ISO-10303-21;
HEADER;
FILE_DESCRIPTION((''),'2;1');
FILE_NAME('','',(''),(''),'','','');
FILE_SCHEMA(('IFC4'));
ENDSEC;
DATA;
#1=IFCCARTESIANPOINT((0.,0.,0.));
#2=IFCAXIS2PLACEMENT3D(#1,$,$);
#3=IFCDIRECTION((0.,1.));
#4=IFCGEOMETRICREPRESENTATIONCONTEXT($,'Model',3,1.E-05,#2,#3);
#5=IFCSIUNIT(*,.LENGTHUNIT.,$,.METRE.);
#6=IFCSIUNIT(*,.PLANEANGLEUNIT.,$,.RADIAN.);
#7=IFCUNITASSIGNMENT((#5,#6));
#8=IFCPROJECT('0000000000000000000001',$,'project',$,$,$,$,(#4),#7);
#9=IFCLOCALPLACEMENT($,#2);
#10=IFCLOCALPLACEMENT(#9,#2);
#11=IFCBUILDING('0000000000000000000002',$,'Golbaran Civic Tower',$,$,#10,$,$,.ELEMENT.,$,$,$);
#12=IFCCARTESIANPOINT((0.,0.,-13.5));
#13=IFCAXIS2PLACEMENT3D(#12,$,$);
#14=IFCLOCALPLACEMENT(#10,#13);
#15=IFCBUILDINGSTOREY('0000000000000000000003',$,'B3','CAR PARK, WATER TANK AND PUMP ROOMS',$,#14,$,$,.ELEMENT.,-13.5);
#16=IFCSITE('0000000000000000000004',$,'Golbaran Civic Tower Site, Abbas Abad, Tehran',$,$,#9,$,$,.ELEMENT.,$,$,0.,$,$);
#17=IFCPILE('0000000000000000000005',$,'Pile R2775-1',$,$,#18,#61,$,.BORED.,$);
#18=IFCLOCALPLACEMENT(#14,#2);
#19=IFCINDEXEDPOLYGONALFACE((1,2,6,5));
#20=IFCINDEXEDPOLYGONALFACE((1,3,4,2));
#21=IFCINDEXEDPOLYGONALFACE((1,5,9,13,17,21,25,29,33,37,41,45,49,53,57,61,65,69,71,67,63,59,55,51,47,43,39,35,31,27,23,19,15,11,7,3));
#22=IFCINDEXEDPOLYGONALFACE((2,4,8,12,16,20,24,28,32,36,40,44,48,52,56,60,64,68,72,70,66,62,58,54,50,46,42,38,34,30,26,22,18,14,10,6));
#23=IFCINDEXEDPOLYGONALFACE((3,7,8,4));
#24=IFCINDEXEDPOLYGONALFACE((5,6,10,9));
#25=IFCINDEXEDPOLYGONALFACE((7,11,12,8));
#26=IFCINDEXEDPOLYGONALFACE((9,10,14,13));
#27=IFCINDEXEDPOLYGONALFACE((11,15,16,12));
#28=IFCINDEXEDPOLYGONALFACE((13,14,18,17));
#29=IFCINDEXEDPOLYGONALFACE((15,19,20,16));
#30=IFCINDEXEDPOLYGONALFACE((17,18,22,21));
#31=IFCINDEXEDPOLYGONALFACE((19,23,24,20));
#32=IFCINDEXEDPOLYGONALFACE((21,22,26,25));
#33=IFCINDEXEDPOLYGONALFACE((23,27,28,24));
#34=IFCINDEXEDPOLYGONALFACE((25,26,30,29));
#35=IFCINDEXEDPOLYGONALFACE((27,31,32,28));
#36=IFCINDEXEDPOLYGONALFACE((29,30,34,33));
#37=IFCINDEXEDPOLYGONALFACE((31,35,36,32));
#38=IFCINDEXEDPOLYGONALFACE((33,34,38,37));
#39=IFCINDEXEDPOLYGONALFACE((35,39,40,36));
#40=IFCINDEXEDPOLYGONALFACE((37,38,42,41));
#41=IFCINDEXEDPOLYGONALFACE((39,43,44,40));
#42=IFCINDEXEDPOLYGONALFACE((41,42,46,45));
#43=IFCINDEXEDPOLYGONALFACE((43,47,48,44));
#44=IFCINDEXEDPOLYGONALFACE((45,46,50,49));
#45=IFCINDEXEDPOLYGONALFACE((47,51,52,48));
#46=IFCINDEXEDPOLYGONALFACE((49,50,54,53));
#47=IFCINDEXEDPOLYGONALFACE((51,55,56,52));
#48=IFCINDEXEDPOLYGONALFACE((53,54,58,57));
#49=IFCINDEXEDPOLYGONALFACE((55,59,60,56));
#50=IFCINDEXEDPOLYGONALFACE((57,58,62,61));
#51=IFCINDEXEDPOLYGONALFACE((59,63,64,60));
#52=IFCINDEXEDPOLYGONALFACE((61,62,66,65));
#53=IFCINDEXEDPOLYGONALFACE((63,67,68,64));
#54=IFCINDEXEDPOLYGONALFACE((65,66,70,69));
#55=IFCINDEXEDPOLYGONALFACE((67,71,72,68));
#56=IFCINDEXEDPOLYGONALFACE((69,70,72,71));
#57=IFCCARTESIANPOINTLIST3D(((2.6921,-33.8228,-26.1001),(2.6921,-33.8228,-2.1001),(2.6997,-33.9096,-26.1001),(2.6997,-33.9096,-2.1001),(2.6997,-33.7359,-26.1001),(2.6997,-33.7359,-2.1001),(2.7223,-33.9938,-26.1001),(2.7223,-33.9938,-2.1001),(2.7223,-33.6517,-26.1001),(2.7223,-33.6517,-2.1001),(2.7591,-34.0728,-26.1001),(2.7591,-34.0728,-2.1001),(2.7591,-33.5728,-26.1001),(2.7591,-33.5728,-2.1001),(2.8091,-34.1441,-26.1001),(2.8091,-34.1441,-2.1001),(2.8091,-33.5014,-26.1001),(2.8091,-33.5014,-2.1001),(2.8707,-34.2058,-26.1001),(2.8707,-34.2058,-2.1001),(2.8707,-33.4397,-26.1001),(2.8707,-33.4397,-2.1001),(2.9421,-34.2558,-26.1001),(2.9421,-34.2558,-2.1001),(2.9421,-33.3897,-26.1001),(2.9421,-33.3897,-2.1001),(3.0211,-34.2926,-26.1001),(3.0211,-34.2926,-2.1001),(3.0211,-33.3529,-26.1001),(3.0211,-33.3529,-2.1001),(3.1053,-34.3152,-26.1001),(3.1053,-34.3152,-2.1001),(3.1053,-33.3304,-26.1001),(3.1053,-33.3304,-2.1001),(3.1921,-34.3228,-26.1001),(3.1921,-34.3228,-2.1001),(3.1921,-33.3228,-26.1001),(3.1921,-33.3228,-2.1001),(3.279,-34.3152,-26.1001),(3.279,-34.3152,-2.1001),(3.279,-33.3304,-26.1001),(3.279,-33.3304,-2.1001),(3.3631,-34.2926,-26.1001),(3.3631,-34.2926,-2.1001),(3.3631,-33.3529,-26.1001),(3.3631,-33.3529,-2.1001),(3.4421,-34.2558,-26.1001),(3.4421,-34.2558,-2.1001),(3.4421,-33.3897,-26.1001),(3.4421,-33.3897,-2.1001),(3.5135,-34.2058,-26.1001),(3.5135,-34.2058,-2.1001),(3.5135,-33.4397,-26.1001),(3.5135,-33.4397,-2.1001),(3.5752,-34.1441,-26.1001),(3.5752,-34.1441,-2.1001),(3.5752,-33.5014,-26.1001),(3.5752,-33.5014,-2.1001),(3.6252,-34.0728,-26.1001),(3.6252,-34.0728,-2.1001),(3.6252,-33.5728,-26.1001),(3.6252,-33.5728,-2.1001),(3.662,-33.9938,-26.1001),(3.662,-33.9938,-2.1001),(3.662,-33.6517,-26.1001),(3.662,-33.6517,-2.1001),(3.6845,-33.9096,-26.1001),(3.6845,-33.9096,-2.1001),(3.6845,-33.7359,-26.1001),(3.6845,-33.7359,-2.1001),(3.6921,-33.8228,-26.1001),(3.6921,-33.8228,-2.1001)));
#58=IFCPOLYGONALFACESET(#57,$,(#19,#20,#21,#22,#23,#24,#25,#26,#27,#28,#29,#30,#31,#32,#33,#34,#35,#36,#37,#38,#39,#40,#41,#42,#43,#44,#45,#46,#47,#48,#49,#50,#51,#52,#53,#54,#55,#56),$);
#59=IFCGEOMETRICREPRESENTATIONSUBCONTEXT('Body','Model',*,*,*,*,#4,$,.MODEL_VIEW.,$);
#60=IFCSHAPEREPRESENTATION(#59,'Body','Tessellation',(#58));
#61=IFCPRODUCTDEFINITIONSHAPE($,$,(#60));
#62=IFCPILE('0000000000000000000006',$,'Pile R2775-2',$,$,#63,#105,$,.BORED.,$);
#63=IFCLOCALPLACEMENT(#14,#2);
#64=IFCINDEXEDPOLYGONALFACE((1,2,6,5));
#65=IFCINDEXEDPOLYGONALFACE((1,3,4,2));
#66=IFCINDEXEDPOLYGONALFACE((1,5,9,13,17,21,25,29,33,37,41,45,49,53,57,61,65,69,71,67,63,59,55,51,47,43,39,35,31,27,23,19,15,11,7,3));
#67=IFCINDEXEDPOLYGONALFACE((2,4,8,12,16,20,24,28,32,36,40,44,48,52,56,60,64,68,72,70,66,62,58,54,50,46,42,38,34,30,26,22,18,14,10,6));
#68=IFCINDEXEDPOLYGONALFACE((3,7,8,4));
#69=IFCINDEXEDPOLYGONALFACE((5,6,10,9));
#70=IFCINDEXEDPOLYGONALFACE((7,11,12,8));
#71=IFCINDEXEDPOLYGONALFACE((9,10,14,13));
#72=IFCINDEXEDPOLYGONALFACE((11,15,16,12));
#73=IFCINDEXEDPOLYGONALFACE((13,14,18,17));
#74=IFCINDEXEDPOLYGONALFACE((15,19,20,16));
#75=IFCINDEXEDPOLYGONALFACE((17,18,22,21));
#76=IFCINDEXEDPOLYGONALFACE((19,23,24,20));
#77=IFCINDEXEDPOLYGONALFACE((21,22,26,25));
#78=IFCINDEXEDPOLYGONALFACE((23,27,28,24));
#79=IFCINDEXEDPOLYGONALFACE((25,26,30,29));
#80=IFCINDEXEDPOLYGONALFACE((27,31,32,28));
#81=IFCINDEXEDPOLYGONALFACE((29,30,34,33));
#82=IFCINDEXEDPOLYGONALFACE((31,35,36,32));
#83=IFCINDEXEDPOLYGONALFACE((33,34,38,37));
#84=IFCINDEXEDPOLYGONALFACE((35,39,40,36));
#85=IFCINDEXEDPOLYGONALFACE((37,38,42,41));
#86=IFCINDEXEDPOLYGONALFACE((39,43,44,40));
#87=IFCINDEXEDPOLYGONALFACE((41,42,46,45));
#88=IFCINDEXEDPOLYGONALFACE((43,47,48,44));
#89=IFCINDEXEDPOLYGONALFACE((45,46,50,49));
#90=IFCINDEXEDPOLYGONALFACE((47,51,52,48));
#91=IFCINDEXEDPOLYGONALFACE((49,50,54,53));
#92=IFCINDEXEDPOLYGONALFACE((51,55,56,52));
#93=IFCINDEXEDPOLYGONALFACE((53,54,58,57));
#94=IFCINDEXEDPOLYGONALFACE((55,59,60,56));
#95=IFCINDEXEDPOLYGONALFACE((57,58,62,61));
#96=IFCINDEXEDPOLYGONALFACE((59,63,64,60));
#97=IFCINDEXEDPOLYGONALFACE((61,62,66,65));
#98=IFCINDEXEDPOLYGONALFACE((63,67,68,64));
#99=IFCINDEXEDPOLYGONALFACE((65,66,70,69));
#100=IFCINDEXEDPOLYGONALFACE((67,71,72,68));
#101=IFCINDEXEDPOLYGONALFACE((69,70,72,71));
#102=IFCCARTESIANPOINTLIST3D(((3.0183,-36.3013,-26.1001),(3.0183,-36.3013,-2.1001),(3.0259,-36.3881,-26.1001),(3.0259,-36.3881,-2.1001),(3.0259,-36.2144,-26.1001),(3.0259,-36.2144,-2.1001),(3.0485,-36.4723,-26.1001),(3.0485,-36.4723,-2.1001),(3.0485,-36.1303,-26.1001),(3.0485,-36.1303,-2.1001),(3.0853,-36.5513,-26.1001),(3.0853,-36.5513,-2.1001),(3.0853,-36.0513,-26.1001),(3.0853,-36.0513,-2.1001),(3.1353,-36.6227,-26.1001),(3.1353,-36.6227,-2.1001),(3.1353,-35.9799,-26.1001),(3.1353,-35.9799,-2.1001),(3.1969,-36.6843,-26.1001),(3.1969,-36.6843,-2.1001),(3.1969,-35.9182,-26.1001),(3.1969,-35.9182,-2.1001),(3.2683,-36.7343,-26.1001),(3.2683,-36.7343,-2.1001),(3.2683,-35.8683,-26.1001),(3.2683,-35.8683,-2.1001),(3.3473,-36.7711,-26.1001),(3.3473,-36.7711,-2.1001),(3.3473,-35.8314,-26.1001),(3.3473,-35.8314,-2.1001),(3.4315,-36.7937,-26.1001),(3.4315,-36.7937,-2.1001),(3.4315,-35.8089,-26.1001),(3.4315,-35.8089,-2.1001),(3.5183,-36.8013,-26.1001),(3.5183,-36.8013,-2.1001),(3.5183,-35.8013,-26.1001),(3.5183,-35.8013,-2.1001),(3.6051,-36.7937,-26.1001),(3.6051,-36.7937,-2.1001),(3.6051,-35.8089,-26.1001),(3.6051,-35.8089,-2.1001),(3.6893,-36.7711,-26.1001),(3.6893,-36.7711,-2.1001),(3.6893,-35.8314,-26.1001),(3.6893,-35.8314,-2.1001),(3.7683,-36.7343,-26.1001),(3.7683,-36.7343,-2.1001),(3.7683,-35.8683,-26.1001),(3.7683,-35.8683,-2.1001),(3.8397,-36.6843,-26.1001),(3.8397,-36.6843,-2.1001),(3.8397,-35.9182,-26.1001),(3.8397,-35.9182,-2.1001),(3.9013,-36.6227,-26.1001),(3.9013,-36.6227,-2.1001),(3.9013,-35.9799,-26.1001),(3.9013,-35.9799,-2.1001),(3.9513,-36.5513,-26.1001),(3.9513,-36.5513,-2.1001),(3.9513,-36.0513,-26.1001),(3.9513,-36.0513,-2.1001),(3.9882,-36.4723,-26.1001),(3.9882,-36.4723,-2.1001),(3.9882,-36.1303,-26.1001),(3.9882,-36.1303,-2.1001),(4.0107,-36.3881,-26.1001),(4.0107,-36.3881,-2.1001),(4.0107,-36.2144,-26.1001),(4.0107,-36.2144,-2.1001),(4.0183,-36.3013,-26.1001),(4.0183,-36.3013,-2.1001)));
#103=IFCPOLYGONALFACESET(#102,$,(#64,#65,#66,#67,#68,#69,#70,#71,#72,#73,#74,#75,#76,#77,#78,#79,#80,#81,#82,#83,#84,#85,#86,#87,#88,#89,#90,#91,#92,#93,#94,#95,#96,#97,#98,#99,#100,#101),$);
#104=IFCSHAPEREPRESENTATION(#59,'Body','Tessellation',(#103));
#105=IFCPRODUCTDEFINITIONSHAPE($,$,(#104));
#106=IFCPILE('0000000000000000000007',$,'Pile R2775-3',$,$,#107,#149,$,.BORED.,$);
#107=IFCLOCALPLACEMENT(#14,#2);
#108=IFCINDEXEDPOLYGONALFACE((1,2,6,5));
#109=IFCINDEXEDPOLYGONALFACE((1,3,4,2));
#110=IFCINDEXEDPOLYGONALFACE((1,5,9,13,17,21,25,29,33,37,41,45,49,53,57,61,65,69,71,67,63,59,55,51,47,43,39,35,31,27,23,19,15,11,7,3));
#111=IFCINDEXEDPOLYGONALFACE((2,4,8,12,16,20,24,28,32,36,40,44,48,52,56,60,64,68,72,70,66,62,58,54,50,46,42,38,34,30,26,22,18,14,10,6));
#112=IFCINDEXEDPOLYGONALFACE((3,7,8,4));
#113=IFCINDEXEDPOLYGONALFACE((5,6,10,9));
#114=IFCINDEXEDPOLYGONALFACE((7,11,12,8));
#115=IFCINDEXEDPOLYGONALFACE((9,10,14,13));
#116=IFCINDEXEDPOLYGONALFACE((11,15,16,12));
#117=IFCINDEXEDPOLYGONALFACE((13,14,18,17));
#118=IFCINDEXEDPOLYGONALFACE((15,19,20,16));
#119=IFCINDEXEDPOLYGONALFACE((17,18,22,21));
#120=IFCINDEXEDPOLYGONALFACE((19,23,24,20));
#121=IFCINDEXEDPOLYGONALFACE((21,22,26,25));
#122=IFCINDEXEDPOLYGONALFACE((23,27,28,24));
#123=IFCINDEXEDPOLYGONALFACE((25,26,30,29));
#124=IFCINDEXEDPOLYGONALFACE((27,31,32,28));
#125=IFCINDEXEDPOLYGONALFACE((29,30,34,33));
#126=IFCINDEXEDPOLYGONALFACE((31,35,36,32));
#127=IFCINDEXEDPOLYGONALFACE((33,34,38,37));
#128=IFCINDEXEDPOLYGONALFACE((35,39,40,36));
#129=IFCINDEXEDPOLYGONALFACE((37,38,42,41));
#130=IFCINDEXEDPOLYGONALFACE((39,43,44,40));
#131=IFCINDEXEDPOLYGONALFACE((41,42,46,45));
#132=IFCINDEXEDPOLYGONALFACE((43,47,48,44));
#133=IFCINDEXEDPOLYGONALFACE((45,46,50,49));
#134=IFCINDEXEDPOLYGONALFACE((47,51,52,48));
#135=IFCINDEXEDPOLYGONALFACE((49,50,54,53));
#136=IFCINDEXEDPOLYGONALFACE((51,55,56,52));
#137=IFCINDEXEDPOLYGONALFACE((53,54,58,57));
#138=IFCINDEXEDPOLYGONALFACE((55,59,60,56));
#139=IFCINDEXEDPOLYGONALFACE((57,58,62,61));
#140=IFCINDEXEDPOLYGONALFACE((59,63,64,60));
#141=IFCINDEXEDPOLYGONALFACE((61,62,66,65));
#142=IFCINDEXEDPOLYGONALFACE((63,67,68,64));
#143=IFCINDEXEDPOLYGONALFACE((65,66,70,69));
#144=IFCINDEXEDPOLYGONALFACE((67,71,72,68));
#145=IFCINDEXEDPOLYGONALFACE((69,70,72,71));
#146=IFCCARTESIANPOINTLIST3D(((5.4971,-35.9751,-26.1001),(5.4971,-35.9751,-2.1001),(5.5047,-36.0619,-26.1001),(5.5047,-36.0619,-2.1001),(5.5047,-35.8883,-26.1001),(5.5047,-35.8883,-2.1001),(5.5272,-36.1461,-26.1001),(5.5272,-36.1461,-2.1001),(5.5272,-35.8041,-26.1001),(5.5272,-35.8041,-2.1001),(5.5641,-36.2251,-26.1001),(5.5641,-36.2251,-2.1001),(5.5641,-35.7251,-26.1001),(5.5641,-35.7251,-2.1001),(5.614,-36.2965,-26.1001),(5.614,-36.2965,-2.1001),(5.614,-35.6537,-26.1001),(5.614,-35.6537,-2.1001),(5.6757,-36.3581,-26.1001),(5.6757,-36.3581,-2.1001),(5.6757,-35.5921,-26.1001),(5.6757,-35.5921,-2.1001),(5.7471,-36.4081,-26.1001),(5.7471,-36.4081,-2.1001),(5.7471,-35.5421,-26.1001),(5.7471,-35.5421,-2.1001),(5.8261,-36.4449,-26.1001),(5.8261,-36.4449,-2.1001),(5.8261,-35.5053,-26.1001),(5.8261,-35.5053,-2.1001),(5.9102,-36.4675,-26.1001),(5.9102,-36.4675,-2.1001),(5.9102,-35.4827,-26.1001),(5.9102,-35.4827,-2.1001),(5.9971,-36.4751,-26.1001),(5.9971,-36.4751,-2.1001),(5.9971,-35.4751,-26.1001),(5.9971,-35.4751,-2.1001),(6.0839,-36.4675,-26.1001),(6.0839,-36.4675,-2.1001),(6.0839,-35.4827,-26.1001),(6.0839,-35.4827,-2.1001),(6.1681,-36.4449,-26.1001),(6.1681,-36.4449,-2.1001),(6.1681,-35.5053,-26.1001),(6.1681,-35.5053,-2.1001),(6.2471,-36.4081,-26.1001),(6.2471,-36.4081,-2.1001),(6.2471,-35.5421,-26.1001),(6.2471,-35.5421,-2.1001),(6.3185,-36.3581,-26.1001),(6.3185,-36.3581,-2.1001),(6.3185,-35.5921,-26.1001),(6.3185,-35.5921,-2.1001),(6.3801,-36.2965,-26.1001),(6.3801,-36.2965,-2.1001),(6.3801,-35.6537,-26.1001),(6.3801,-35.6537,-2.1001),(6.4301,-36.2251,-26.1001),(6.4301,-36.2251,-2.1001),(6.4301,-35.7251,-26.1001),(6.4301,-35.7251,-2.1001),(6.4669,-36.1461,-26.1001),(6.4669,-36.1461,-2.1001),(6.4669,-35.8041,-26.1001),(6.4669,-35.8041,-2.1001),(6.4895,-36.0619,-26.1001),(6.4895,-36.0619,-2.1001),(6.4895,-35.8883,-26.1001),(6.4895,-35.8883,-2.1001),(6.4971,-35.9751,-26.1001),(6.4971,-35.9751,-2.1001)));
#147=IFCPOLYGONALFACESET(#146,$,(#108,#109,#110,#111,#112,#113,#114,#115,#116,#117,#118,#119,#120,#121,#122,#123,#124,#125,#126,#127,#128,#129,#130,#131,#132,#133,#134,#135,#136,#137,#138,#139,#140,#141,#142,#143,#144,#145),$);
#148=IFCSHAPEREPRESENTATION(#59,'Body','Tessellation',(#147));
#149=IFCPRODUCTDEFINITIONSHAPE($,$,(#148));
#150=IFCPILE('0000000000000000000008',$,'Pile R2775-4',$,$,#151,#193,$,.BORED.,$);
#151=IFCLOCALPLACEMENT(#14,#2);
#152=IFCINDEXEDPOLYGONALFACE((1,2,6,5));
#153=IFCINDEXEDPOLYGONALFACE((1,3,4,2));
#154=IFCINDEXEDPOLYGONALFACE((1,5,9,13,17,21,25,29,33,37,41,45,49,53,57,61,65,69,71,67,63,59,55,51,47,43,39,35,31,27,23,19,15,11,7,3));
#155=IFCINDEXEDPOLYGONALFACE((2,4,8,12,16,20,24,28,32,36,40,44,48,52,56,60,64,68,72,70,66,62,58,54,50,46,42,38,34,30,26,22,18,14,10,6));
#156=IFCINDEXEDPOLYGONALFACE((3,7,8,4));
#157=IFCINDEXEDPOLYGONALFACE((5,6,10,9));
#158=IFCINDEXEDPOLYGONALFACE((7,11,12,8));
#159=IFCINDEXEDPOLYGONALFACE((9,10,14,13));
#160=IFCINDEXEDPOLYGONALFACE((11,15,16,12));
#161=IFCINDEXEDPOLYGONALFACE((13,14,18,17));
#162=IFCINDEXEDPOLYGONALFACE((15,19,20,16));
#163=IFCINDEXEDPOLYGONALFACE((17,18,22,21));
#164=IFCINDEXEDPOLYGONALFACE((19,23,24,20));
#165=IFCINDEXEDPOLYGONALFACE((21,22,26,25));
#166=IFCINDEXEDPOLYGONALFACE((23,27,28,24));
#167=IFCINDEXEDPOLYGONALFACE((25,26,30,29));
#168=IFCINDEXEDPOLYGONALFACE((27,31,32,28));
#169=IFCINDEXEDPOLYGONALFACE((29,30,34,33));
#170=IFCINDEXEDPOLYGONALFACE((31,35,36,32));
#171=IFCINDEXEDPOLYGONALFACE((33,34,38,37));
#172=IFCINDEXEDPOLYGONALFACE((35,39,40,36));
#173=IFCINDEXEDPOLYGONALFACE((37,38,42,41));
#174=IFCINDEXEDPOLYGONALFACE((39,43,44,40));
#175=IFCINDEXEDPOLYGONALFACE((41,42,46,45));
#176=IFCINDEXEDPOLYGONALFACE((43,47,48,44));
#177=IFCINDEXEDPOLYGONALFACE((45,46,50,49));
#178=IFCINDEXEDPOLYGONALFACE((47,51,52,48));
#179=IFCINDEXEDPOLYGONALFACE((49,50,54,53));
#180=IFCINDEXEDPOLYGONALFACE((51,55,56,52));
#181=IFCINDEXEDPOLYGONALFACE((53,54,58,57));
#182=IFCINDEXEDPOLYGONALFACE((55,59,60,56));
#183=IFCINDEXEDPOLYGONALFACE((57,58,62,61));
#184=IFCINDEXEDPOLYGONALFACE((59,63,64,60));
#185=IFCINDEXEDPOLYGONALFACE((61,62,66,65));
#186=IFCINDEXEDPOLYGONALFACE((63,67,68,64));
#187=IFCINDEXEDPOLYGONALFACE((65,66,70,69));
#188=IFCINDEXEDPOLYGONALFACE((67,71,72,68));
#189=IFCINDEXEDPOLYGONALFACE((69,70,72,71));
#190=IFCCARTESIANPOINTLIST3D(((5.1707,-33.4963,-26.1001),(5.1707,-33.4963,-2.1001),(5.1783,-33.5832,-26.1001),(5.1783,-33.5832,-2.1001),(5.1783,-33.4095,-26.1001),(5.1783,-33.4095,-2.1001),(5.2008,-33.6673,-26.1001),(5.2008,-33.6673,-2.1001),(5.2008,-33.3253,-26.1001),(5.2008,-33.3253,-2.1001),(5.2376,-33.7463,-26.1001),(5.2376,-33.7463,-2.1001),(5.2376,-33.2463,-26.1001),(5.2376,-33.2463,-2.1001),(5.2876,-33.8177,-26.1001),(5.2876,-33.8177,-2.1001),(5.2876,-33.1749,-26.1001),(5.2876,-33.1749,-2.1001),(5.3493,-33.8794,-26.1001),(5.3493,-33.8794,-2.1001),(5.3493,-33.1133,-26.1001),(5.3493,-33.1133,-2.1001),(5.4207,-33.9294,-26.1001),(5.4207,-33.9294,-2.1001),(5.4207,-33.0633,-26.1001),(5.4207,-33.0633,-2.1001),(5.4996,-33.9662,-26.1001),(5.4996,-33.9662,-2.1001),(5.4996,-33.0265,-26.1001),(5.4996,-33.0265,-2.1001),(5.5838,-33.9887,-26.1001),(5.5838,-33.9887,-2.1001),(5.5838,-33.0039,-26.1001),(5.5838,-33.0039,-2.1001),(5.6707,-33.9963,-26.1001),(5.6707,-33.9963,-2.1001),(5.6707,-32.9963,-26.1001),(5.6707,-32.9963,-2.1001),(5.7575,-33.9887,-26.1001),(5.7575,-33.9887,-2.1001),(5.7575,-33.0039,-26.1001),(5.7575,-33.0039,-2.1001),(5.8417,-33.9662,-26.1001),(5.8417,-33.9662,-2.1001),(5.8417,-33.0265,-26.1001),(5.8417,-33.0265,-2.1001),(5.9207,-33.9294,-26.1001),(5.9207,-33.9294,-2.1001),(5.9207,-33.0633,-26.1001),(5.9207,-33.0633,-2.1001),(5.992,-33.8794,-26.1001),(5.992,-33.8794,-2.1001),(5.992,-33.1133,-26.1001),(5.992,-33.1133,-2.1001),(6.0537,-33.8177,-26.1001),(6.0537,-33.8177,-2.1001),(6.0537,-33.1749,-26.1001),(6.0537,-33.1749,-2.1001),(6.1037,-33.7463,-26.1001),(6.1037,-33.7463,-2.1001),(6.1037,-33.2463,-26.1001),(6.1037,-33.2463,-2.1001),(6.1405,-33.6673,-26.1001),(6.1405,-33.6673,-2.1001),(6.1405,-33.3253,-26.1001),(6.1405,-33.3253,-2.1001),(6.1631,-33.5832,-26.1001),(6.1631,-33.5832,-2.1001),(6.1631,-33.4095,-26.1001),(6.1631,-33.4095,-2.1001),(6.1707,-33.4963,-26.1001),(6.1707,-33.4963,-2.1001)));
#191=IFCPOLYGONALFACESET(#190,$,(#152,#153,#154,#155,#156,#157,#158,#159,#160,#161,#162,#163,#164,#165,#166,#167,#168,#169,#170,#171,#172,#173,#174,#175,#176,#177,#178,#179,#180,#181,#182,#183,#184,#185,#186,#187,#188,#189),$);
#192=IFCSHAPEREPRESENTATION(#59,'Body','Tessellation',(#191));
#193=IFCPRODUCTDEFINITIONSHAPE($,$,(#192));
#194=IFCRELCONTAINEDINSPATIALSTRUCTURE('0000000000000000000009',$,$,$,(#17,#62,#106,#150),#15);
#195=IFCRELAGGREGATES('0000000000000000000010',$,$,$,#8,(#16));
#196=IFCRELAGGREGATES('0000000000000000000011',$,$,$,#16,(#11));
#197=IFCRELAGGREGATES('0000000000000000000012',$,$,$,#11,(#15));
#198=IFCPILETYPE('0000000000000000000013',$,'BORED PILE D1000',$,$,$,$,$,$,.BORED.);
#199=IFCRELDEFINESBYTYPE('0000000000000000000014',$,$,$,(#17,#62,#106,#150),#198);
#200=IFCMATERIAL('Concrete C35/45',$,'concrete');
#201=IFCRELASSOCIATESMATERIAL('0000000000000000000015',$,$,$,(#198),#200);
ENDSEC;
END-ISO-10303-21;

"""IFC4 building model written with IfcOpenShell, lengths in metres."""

from ifc_helpers import new_model, si_unit, direction, frame, origin, origin_2d, place, context, subcontext, project, spatial, circle, extrude, material, material_profile, profile_set, type_object, element, save


model = new_model("IFC4")

# Units and contexts
model_context = context("Model", 3, precision=1e-05, world=origin(), true_north=direction((0.0, 1.0)))
body_context = subcontext(model_context, "Body", "Model", "MODEL_VIEW")
ifc_project = project(units=[si_unit("LENGTHUNIT", "METRE"), si_unit("PLANEANGLEUNIT", "RADIAN")], contexts=[model_context])

# Site, building, storey
site_placement = place(None, origin())
site = spatial("IfcSite", under=ifc_project, at=site_placement, Name="Golbaran Civic Tower Site, Abbas Abad, Tehran", CompositionType="ELEMENT", RefElevation=0.0)
building_placement = place(site_placement, origin())
building = spatial("IfcBuilding", under=site, at=building_placement, Name="Golbaran Civic Tower", CompositionType="ELEMENT")
storey_placement = place(building_placement, frame((0.0, 0.0, -13.5)))
storey = spatial("IfcBuildingStorey", under=building, at=storey_placement, Name="B3", Description="CAR PARK, WATER TANK AND PUMP ROOMS", CompositionType="ELEMENT", Elevation=-13.5)

# Piles
ifc_material_1 = material(Name="Concrete C35/45", Category="concrete")
ifc_material_profile_1 = material_profile(ifc_material_1, circle(Radius=0.5, at=origin_2d()), Name="BORED PILE D1000")
ifc_profile_set_1 = profile_set([ifc_material_profile_1], Name="Concrete C35/45")
pile_type_1 = type_object("IfcPileType", Name="BORED PILE D1000", PredefinedType="BORED", material=ifc_profile_set_1)
for number, where, z_axis, x_axis, name in (
    (1, (3.1921, -33.8228, -2.1001), (0.0, 0.0, -1.0), (1.0, 0.0, 0.0), "Pile R2775-1"),
    (2, (3.5183, -36.3013, -2.1001), (0.0, 0.0, -1.0), (1.0, 0.0, 0.0), "Pile R2775-2"),
    (3, (5.9971, -35.9751, -2.1001), (0.0, 0.0, -1.0), (1.0, 0.0, 0.0), "Pile R2775-3"),
    (4, (5.6707, -33.4963, -2.1001), (0.0, 0.0, -1.0), (1.0, 0.0, 0.0), "Pile R2775-4"),
):
    element("IfcPile", number, at=place(storey_placement, frame(where, z_axis=z_axis, x_axis=x_axis)), inside=storey, type_object=pile_type_1, Name=name, PredefinedType="BORED", context=body_context, shape_type="SweptSolid", body=[
        extrude(circle(Radius=0.5, at=origin_2d()), origin(), (0.0, 0.0, 1.0), 24.0),
    ])

save(model, "model.ifc")
